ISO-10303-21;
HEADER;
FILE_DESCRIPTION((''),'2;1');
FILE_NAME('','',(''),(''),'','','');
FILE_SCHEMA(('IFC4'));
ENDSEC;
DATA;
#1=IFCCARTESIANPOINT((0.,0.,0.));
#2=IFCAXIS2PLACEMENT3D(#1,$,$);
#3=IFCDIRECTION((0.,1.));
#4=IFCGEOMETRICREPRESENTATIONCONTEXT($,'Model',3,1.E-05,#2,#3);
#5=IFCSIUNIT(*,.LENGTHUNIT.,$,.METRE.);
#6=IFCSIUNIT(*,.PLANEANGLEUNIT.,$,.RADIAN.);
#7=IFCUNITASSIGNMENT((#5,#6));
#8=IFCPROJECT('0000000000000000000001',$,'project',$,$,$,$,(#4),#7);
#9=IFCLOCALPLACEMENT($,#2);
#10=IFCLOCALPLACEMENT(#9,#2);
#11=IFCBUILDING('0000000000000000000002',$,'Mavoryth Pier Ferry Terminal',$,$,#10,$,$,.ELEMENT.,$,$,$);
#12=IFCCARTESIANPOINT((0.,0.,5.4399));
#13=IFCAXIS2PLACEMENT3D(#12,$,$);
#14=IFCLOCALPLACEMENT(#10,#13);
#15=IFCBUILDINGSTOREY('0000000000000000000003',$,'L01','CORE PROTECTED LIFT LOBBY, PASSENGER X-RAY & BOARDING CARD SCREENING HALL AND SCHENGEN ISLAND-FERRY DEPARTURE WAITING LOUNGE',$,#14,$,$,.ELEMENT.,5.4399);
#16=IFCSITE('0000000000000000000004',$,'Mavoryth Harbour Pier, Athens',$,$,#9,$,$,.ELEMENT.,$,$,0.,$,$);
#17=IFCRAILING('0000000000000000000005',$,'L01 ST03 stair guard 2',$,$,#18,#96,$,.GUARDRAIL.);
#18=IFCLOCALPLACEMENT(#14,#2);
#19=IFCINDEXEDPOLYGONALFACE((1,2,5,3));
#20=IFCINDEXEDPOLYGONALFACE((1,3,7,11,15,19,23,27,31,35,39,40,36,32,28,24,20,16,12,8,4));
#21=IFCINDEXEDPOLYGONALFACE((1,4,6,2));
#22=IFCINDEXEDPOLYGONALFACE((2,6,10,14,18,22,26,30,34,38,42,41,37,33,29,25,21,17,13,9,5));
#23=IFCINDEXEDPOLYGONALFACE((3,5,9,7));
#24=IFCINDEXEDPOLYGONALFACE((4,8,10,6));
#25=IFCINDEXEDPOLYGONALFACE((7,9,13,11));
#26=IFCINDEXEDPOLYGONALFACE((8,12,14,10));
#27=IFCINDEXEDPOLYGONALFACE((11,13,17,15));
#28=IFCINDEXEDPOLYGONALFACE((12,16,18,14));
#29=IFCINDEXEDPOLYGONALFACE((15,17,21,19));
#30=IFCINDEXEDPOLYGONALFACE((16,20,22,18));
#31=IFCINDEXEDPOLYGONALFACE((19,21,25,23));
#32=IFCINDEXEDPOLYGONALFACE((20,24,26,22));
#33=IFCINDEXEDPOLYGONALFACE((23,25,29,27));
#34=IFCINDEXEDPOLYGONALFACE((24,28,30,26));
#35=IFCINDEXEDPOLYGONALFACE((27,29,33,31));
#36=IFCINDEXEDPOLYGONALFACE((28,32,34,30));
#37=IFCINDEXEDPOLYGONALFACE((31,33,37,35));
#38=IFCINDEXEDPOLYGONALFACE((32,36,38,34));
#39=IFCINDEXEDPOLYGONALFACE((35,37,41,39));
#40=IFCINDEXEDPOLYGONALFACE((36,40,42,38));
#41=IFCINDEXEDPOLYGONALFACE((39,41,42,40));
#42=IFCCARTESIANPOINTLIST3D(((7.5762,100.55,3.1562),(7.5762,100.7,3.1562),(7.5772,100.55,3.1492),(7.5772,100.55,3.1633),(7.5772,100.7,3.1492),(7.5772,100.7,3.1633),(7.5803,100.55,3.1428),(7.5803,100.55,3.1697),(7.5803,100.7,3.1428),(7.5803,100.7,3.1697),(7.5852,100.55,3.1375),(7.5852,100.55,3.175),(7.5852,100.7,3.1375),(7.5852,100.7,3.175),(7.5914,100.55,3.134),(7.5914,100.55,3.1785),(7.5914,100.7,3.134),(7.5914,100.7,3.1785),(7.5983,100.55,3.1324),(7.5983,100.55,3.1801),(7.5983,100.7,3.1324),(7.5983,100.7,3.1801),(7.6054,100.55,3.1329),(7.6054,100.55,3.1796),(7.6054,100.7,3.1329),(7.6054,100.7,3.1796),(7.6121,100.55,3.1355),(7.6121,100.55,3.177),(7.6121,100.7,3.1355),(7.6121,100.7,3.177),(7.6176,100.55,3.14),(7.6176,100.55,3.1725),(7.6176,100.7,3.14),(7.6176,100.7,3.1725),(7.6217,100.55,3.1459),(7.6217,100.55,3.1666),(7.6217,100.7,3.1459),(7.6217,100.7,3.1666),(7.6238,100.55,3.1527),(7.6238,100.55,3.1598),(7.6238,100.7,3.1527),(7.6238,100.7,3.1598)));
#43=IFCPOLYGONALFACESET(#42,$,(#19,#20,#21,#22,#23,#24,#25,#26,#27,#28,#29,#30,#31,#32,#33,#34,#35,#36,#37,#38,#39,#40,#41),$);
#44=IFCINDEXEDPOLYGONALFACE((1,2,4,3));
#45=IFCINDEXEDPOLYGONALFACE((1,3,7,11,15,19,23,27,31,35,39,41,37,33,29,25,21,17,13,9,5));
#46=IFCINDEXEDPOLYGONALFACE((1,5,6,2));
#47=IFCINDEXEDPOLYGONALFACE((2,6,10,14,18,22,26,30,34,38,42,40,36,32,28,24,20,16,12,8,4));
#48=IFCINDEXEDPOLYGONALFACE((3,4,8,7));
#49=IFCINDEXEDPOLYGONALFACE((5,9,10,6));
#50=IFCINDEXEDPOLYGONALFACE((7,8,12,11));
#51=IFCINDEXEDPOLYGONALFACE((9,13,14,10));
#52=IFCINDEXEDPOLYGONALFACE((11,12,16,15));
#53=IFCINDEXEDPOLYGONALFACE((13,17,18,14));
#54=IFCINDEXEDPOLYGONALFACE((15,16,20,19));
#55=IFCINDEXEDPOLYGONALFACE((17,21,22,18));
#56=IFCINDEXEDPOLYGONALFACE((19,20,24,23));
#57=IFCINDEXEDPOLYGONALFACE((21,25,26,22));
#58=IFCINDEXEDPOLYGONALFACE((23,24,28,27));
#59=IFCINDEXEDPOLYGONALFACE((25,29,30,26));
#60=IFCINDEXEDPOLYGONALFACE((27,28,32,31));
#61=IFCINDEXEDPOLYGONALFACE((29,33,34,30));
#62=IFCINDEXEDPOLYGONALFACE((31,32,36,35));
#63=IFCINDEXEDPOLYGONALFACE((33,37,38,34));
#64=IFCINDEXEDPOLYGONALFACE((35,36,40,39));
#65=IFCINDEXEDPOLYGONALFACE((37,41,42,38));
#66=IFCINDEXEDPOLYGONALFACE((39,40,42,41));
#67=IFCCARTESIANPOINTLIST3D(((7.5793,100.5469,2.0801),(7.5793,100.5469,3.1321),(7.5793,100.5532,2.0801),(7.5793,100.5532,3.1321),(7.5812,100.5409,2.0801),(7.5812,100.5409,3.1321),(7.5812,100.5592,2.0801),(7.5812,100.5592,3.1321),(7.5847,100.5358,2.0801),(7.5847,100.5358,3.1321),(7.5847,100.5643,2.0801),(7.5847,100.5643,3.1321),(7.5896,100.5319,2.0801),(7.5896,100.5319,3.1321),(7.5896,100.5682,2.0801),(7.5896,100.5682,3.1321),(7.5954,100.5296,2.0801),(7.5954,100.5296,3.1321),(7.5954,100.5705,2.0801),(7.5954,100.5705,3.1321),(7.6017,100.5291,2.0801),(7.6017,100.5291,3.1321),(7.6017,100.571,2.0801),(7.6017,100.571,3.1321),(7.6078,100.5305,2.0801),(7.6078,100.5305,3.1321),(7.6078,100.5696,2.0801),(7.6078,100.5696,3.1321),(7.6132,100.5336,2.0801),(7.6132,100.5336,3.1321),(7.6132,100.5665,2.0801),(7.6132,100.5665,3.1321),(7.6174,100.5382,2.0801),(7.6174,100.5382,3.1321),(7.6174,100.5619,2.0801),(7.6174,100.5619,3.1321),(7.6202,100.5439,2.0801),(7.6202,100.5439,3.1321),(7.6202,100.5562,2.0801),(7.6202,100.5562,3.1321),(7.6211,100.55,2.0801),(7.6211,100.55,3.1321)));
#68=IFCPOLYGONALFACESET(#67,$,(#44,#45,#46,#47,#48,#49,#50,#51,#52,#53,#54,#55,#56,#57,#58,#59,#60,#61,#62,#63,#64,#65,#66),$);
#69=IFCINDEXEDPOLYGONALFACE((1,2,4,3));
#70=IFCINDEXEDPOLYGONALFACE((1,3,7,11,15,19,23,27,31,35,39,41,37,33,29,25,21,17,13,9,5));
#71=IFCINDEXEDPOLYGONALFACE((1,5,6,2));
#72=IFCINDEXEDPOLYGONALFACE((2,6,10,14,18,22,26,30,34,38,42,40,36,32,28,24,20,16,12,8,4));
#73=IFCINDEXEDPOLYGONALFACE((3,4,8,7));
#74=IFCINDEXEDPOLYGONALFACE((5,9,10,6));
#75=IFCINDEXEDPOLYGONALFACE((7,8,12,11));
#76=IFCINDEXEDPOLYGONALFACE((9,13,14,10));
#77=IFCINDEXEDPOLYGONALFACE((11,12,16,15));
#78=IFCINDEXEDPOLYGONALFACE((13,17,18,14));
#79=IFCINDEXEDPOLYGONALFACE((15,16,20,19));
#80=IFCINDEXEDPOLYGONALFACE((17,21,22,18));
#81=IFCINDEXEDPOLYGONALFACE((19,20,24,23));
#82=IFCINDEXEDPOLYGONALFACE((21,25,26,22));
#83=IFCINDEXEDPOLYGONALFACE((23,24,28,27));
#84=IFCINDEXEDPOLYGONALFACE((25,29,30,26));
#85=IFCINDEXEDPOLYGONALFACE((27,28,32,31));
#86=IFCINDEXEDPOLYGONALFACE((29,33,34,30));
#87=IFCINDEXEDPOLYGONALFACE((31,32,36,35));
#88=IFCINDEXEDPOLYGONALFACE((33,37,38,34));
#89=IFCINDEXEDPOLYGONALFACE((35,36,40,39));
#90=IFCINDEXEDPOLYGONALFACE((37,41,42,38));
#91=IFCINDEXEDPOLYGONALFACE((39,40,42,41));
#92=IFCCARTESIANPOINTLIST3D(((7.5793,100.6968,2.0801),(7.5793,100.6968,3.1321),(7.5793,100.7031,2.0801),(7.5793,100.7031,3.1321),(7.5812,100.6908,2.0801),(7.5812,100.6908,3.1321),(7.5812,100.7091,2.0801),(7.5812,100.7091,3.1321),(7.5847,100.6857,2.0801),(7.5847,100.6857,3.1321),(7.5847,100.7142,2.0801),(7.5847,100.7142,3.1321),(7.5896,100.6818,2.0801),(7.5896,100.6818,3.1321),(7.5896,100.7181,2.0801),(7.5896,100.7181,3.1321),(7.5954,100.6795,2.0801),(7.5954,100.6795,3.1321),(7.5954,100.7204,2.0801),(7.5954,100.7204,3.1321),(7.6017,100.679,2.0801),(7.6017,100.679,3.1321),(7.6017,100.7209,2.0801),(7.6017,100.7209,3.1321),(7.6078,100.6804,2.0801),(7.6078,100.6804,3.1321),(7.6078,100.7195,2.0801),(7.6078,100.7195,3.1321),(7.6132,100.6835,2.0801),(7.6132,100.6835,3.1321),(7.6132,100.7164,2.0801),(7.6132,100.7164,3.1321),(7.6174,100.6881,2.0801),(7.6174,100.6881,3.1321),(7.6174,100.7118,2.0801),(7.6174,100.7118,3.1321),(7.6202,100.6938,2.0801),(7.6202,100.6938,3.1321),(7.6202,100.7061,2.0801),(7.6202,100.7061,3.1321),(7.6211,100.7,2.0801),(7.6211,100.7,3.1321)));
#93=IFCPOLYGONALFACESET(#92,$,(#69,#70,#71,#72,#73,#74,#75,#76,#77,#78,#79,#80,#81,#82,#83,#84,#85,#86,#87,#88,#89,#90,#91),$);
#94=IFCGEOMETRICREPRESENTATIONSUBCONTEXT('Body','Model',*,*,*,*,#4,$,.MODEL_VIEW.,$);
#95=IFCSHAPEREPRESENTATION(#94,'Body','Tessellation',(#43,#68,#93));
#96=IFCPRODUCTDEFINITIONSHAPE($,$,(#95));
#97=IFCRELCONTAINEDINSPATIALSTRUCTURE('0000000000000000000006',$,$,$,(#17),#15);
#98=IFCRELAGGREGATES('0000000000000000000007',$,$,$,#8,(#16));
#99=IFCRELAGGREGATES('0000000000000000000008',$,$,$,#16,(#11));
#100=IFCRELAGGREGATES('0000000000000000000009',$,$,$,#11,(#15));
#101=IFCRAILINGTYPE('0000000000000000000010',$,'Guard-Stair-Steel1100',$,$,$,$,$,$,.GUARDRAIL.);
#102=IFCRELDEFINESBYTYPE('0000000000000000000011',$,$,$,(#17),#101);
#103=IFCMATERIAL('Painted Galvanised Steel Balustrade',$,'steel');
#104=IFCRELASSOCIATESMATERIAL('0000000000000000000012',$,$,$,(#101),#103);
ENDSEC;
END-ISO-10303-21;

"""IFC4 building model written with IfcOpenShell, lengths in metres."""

from ifc_helpers import new_model, si_unit, direction, frame, origin, origin_2d, place, context, subcontext, project, spatial, circle, extrude, material, type_object, element, save


model = new_model("IFC4")

# Units and contexts
model_context = context("Model", 3, precision=1e-05, world=origin(), true_north=direction((0.0, 1.0)))
body_context = subcontext(model_context, "Body", "Model", "MODEL_VIEW")
ifc_project = project(units=[si_unit("LENGTHUNIT", "METRE"), si_unit("PLANEANGLEUNIT", "RADIAN")], contexts=[model_context])

# Site, building, storey
site_placement = place(None, origin())
site = spatial("IfcSite", under=ifc_project, at=site_placement, Name="Mavoryth Harbour Pier, Athens", CompositionType="ELEMENT", RefElevation=0.0)
building_placement = place(site_placement, origin())
building = spatial("IfcBuilding", under=site, at=building_placement, Name="Mavoryth Pier Ferry Terminal", CompositionType="ELEMENT")
storey_placement = place(building_placement, frame((0.0, 0.0, 5.4399)))
storey = spatial("IfcBuildingStorey", under=building, at=storey_placement, Name="L01", Description="CORE PROTECTED LIFT LOBBY, PASSENGER X-RAY & BOARDING CARD SCREENING HALL AND SCHENGEN ISLAND-FERRY DEPARTURE WAITING LOUNGE", CompositionType="ELEMENT", Elevation=5.4399)

# Railing
ifc_material_1 = material(Name="Painted Galvanised Steel Balustrade", Category="steel")
railing_type_1 = type_object("IfcRailingType", Name="Guard-Stair-Steel1100", PredefinedType="GUARDRAIL", material=ifc_material_1)
railing_1_placement = place(storey_placement, frame((7.6001, 100.55, 2.0801)))
element("IfcRailing", 1, at=railing_1_placement, inside=storey, type_object=railing_type_1, Name="L01 ST03 stair guard 2", PredefinedType="GUARDRAIL", context=body_context, shape_type="SweptSolid", body=[
    extrude(circle(Radius=0.0239, at=origin_2d()), frame((0.0, 0.0, 1.0762), z_axis=(0.0, 1.0, 0.0), x_axis=(-1.0, 0.0, 0.0)), (0.0, 0.0, 1.0), 0.1499),
    extrude(circle(Radius=0.021, at=origin_2d()), origin(), (0.0, 0.0, 1.0), 1.052),
    extrude(circle(Radius=0.021, at=origin_2d()), frame((0.0, 0.1499, 0.0)), (0.0, 0.0, 1.0), 1.052),
])

save(model, "model.ifc")
